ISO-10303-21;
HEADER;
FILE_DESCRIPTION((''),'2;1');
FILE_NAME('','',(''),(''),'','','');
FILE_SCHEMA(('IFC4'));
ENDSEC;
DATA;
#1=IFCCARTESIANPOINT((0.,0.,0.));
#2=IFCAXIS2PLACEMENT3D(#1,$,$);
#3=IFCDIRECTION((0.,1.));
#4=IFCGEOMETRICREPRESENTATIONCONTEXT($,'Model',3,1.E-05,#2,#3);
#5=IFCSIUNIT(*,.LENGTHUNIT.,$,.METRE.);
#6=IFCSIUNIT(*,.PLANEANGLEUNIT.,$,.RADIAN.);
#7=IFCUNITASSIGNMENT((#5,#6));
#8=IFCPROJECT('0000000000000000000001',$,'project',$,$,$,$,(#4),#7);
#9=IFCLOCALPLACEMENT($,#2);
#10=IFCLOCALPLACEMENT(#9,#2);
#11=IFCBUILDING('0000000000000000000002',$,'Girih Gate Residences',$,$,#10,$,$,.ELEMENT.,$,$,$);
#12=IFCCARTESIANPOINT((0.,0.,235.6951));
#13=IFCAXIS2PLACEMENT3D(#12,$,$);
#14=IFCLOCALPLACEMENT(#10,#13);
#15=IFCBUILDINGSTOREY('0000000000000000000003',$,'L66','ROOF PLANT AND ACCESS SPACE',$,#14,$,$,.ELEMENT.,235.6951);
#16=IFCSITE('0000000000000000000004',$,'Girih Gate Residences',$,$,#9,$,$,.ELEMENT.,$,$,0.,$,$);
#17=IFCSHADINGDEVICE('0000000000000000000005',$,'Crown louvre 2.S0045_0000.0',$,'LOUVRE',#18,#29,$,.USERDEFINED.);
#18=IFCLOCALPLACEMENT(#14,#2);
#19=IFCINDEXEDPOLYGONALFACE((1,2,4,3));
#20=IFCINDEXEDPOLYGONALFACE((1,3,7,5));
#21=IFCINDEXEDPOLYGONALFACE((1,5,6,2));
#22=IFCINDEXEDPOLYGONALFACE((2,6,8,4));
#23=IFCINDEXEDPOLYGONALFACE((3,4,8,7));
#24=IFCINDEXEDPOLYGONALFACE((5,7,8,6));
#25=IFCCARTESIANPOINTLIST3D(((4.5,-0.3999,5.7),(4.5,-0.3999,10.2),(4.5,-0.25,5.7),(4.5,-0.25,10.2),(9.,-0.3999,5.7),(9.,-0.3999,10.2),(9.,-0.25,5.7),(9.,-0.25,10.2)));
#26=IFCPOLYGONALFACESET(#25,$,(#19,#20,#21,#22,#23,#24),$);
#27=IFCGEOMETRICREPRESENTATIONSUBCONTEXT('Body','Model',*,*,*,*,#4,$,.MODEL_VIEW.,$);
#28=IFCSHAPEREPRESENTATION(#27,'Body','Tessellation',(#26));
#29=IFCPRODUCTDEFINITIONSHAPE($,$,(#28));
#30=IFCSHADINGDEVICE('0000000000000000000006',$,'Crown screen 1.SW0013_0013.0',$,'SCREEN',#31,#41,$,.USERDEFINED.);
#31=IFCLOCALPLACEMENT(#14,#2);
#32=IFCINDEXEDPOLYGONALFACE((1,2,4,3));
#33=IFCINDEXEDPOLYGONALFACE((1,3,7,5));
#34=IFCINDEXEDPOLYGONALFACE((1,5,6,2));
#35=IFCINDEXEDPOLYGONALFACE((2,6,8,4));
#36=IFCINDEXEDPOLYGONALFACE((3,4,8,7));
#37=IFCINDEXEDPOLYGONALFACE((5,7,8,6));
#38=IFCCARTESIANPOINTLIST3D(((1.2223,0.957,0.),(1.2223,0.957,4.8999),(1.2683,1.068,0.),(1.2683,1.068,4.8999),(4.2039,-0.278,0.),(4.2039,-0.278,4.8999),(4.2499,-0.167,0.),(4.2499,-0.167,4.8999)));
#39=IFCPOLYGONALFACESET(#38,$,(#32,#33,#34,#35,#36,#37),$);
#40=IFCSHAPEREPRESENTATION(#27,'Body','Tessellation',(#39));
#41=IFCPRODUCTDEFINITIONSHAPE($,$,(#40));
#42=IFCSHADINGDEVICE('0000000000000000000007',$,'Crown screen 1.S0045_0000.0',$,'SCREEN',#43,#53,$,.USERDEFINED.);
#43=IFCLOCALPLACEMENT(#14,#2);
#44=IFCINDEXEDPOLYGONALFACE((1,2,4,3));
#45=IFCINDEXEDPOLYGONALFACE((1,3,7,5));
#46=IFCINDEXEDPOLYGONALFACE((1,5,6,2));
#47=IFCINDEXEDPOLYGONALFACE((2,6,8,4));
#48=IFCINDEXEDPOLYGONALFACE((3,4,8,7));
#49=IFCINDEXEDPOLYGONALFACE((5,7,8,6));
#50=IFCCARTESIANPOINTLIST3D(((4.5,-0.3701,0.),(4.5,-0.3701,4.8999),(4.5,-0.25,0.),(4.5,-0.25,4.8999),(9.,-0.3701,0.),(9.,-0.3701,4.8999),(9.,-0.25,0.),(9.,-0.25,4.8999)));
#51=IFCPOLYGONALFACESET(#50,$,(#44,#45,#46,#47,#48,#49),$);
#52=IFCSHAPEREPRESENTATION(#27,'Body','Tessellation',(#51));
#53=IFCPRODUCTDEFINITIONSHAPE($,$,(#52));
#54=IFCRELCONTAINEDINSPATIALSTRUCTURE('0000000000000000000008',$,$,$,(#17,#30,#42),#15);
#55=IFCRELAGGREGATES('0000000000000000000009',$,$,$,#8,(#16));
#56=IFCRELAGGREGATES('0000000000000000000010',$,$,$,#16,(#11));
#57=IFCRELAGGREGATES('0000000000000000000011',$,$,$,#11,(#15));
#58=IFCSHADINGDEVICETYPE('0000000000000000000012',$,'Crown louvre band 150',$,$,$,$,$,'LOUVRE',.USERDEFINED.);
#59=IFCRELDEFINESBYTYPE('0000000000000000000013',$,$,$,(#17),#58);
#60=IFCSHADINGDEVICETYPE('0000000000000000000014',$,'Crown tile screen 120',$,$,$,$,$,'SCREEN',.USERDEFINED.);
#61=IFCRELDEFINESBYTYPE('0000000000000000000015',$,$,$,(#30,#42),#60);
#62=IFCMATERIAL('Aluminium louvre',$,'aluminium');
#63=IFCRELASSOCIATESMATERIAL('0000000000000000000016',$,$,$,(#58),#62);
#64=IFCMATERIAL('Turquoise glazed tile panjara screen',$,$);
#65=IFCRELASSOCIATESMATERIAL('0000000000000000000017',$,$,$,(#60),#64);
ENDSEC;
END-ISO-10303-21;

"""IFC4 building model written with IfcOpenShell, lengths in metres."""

from ifc_helpers import new_model, si_unit, direction, frame, origin, origin_2d, place, context, subcontext, project, spatial, rectangle, extrude, material, type_object, element, save


model = new_model("IFC4")

# Units and contexts
model_context = context("Model", 3, precision=1e-05, world=origin(), true_north=direction((0.0, 1.0)))
body_context = subcontext(model_context, "Body", "Model", "MODEL_VIEW")
ifc_project = project(units=[si_unit("LENGTHUNIT", "METRE"), si_unit("PLANEANGLEUNIT", "RADIAN")], contexts=[model_context])

# Site, building, storey
site_placement = place(None, origin())
site = spatial("IfcSite", under=ifc_project, at=site_placement, Name="Girih Gate Residences", CompositionType="ELEMENT", RefElevation=0.0)
building_placement = place(site_placement, origin())
building = spatial("IfcBuilding", under=site, at=building_placement, Name="Girih Gate Residences", CompositionType="ELEMENT")
storey_placement = place(building_placement, frame((0.0, 0.0, 235.6951)))
storey = spatial("IfcBuildingStorey", under=building, at=storey_placement, Name="L66", Description="ROOF PLANT AND ACCESS SPACE", CompositionType="ELEMENT", Elevation=235.6951)

# Shading devices
ifc_material_1 = material(Name="Aluminium louvre", Category="aluminium")
shading_device_type_1 = type_object("IfcShadingDeviceType", Name="Crown louvre band 150", ElementType="LOUVRE", PredefinedType="USERDEFINED", material=ifc_material_1)
shading_device_1_placement = place(storey_placement, frame((6.75, -0.325, 5.7), z_axis=(0.0, 0.0, 1.0), x_axis=(1.0, 0.0, 0.0)))
element("IfcShadingDevice", 1, at=shading_device_1_placement, inside=storey, type_object=shading_device_type_1, Name="Crown louvre 2.S0045_0000.0", ObjectType="LOUVRE", PredefinedType="USERDEFINED", context=body_context, shape_type="SweptSolid", body=[
    extrude(rectangle(XDim=4.5, YDim=0.1499, at=origin_2d()), origin(), (0.0, 0.0, 1.0), 4.5),
])
ifc_material_2 = material(Name="Turquoise glazed tile panjara screen")
shading_device_type_2 = type_object("IfcShadingDeviceType", Name="Crown tile screen 120", ElementType="SCREEN", PredefinedType="USERDEFINED", material=ifc_material_2)
shading_device_2_placement = place(storey_placement, frame((2.7361, 0.395, 0.0), z_axis=(0.0, 0.0, 1.0), x_axis=(0.92388, -0.382683, 0.0)))
element("IfcShadingDevice", 2, at=shading_device_2_placement, inside=storey, type_object=shading_device_type_2, Name="Crown screen 1.SW0013_0013.0", ObjectType="SCREEN", PredefinedType="USERDEFINED", context=body_context, shape_type="SweptSolid", body=[
    extrude(rectangle(XDim=3.2273, YDim=0.1201, at=origin_2d()), origin(), (0.0, 0.0, 1.0), 4.8999),
])
shading_device_3_placement = place(storey_placement, frame((6.75, -0.3101, 0.0), z_axis=(0.0, 0.0, 1.0), x_axis=(1.0, 0.0, 0.0)))
element("IfcShadingDevice", 3, at=shading_device_3_placement, inside=storey, type_object=shading_device_type_2, Name="Crown screen 1.S0045_0000.0", ObjectType="SCREEN", PredefinedType="USERDEFINED", context=body_context, shape_type="SweptSolid", body=[
    extrude(rectangle(XDim=4.5, YDim=0.1201, at=origin_2d()), origin(), (0.0, 0.0, 1.0), 4.8999),
])

save(model, "model.ifc")
